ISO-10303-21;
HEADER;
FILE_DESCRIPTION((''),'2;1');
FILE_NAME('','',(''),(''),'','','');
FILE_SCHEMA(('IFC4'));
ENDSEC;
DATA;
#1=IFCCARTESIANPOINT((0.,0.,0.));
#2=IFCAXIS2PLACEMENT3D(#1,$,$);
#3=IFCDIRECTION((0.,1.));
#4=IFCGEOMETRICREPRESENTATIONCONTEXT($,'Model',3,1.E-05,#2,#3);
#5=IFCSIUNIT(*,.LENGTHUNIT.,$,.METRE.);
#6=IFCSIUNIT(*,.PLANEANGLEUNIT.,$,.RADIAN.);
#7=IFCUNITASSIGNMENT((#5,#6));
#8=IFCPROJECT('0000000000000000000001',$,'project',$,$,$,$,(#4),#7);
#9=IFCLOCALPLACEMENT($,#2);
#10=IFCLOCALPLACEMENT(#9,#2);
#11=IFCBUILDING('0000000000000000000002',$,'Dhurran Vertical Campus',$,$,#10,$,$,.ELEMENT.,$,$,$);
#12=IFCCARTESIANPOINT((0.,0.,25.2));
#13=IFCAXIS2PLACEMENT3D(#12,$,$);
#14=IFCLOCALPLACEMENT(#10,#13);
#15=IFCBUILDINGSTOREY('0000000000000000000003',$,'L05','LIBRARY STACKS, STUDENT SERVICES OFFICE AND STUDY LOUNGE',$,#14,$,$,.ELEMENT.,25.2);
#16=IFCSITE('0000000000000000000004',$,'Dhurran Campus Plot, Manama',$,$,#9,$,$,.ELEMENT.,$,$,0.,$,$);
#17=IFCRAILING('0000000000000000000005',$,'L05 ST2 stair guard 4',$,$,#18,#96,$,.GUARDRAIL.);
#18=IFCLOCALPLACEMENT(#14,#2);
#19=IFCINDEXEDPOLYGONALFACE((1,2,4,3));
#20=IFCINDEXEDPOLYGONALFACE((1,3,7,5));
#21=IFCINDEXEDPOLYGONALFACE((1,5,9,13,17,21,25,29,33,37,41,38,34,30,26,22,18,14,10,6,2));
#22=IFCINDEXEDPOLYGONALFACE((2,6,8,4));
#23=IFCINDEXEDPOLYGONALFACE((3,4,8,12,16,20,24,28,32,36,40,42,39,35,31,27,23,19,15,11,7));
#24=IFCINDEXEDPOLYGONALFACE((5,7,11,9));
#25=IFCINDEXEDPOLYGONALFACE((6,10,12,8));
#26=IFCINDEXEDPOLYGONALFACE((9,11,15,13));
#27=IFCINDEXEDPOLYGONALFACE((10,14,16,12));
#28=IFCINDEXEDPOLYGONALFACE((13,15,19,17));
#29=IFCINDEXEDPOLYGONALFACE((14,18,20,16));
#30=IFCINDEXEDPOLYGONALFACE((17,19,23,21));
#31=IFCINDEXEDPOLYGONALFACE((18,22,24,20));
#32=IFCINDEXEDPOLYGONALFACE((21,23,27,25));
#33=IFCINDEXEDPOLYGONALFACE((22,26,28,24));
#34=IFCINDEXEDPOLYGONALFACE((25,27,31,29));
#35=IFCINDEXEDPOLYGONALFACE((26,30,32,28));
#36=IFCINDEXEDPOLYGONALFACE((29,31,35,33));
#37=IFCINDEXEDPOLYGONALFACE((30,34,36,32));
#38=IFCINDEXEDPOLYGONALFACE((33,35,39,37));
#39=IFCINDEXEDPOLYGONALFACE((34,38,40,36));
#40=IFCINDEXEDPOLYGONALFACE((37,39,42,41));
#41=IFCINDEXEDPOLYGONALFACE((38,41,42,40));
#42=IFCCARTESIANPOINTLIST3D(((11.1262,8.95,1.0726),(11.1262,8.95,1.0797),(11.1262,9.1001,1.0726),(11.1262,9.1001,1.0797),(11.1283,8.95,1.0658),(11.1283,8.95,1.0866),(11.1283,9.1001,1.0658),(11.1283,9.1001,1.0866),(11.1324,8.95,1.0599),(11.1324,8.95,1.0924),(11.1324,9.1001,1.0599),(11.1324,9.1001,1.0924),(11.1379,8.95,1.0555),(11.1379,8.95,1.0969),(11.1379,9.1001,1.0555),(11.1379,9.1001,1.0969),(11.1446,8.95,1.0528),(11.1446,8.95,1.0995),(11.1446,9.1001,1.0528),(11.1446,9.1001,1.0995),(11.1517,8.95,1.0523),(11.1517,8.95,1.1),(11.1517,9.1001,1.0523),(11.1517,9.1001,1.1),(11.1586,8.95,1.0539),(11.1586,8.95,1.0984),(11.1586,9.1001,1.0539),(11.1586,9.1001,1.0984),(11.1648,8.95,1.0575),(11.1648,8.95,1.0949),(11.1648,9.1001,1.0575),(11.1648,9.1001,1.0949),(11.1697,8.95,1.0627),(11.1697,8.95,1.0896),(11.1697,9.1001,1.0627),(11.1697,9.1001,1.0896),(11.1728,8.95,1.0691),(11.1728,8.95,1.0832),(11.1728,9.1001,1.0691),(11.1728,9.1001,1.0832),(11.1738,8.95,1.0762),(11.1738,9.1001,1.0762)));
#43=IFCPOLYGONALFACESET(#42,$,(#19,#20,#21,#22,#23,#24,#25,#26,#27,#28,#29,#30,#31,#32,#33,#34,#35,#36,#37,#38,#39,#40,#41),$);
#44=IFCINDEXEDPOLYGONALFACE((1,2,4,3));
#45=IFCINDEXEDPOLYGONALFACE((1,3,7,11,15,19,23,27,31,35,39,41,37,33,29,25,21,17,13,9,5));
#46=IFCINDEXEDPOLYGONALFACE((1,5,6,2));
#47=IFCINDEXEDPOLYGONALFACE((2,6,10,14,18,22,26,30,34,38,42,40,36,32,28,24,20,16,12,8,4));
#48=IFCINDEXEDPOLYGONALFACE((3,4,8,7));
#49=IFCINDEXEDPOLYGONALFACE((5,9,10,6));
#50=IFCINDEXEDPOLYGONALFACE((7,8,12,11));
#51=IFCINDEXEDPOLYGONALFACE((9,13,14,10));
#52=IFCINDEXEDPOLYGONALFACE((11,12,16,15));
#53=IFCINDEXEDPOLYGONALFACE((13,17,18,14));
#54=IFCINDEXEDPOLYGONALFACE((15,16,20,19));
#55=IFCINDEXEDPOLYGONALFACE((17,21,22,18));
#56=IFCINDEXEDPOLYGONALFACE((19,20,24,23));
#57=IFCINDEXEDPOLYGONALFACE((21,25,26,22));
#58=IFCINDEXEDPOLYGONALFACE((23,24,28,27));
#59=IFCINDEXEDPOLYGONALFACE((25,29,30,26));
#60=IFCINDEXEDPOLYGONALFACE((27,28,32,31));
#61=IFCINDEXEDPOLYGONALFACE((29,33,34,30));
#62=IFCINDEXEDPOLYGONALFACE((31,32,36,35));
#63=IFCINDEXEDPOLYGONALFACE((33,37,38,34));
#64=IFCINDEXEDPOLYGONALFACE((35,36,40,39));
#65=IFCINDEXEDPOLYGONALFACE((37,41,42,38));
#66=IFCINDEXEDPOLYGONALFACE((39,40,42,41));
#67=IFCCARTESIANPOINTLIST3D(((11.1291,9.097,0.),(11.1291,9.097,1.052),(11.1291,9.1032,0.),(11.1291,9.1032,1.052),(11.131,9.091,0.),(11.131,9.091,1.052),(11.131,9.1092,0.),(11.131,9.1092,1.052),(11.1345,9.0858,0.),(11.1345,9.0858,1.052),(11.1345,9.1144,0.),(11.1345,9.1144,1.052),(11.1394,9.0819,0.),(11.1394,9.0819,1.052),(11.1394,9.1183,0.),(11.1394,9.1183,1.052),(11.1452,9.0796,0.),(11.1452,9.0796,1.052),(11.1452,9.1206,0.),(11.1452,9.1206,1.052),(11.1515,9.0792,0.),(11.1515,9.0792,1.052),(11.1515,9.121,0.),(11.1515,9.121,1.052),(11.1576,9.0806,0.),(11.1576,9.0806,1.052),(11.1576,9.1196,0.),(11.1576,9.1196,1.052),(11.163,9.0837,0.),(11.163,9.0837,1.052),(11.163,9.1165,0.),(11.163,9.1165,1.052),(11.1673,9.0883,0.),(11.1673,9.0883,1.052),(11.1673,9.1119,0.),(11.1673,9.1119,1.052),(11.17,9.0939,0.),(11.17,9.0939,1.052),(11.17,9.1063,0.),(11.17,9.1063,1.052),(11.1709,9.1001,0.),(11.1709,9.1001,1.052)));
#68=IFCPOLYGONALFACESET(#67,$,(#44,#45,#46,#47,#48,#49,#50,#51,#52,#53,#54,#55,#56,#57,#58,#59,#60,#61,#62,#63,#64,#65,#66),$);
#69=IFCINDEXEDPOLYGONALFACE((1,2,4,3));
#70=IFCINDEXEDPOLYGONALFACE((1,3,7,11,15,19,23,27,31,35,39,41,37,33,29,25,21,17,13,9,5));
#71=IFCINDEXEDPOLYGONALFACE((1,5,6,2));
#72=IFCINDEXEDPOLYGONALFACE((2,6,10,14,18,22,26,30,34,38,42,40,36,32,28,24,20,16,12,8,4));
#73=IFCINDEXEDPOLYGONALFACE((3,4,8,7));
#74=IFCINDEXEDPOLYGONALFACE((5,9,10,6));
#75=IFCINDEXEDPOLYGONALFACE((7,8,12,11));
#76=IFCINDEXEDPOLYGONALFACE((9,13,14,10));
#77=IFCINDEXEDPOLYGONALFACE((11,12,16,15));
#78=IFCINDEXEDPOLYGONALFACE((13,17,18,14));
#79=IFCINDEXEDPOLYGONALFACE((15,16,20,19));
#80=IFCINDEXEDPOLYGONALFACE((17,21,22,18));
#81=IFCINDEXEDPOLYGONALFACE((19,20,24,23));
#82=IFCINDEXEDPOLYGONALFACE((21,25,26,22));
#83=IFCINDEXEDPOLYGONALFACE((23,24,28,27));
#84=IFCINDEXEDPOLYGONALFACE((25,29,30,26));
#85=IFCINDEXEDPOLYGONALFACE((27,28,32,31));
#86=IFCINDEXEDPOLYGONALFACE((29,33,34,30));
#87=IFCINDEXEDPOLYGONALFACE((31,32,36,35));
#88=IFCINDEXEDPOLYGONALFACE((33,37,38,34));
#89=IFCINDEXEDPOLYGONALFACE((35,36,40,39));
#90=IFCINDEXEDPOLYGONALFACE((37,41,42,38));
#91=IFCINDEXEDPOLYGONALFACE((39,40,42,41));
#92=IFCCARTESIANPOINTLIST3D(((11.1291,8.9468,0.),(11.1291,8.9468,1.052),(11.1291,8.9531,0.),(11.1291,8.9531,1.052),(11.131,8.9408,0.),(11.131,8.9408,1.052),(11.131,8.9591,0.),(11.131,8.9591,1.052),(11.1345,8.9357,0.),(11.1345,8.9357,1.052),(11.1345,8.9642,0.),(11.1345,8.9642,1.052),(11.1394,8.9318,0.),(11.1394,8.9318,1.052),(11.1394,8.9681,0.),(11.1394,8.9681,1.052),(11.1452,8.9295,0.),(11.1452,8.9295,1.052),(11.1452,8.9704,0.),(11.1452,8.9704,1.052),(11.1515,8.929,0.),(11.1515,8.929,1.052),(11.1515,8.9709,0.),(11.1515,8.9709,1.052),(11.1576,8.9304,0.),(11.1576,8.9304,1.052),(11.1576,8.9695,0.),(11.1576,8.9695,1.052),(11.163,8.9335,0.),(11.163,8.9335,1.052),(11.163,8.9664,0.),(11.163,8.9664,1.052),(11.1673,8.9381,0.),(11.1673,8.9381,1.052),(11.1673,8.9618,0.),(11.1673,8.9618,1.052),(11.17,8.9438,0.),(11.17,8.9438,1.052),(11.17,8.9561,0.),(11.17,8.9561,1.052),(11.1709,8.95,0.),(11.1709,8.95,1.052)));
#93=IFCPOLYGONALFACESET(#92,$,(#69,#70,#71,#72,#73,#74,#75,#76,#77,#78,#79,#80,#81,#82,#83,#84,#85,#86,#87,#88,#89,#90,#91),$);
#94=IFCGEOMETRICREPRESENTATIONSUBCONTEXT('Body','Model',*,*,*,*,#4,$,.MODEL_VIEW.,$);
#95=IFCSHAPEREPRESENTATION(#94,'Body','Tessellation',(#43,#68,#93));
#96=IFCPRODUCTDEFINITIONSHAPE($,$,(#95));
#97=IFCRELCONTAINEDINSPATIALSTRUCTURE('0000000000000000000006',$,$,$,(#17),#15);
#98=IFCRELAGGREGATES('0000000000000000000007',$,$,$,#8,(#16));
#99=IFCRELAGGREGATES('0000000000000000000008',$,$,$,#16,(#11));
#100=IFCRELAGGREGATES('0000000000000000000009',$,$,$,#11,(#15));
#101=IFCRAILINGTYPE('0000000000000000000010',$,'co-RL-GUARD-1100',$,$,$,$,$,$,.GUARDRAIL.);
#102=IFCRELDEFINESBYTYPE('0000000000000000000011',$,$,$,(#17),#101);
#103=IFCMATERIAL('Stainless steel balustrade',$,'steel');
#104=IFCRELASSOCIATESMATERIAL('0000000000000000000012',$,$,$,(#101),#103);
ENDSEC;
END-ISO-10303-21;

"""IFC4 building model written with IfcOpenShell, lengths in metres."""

from ifc_helpers import new_model, si_unit, direction, frame, origin, origin_2d, place, context, subcontext, project, spatial, circle, extrude, material, type_object, element, save


model = new_model("IFC4")

# Units and contexts
model_context = context("Model", 3, precision=1e-05, world=origin(), true_north=direction((0.0, 1.0)))
body_context = subcontext(model_context, "Body", "Model", "MODEL_VIEW")
ifc_project = project(units=[si_unit("LENGTHUNIT", "METRE"), si_unit("PLANEANGLEUNIT", "RADIAN")], contexts=[model_context])

# Site, building, storey
site_placement = place(None, origin())
site = spatial("IfcSite", under=ifc_project, at=site_placement, Name="Dhurran Campus Plot, Manama", CompositionType="ELEMENT", RefElevation=0.0)
building_placement = place(site_placement, origin())
building = spatial("IfcBuilding", under=site, at=building_placement, Name="Dhurran Vertical Campus", CompositionType="ELEMENT")
storey_placement = place(building_placement, frame((0.0, 0.0, 25.2)))
storey = spatial("IfcBuildingStorey", under=building, at=storey_placement, Name="L05", Description="LIBRARY STACKS, STUDENT SERVICES OFFICE AND STUDY LOUNGE", CompositionType="ELEMENT", Elevation=25.2)

# Railing
ifc_material_1 = material(Name="Stainless steel balustrade", Category="steel")
railing_type_1 = type_object("IfcRailingType", Name="co-RL-GUARD-1100", PredefinedType="GUARDRAIL", material=ifc_material_1)
railing_1_placement = place(storey_placement, frame((11.1499, 9.1001, 0.0)))
element("IfcRailing", 1, at=railing_1_placement, inside=storey, type_object=railing_type_1, Name="L05 ST2 stair guard 4", PredefinedType="GUARDRAIL", context=body_context, shape_type="SweptSolid", body=[
    extrude(circle(Radius=0.0239, at=origin_2d()), frame((0.0, 0.0, 1.0762), z_axis=(0.0, -1.0, 0.0), x_axis=(1.0, 0.0, 0.0)), (0.0, 0.0, 1.0), 0.1501),
    extrude(circle(Radius=0.021, at=origin_2d()), origin(), (0.0, 0.0, 1.0), 1.052),
    extrude(circle(Radius=0.021, at=origin_2d()), frame((0.0, -0.1501, 0.0)), (0.0, 0.0, 1.0), 1.052),
])

save(model, "model.ifc")
